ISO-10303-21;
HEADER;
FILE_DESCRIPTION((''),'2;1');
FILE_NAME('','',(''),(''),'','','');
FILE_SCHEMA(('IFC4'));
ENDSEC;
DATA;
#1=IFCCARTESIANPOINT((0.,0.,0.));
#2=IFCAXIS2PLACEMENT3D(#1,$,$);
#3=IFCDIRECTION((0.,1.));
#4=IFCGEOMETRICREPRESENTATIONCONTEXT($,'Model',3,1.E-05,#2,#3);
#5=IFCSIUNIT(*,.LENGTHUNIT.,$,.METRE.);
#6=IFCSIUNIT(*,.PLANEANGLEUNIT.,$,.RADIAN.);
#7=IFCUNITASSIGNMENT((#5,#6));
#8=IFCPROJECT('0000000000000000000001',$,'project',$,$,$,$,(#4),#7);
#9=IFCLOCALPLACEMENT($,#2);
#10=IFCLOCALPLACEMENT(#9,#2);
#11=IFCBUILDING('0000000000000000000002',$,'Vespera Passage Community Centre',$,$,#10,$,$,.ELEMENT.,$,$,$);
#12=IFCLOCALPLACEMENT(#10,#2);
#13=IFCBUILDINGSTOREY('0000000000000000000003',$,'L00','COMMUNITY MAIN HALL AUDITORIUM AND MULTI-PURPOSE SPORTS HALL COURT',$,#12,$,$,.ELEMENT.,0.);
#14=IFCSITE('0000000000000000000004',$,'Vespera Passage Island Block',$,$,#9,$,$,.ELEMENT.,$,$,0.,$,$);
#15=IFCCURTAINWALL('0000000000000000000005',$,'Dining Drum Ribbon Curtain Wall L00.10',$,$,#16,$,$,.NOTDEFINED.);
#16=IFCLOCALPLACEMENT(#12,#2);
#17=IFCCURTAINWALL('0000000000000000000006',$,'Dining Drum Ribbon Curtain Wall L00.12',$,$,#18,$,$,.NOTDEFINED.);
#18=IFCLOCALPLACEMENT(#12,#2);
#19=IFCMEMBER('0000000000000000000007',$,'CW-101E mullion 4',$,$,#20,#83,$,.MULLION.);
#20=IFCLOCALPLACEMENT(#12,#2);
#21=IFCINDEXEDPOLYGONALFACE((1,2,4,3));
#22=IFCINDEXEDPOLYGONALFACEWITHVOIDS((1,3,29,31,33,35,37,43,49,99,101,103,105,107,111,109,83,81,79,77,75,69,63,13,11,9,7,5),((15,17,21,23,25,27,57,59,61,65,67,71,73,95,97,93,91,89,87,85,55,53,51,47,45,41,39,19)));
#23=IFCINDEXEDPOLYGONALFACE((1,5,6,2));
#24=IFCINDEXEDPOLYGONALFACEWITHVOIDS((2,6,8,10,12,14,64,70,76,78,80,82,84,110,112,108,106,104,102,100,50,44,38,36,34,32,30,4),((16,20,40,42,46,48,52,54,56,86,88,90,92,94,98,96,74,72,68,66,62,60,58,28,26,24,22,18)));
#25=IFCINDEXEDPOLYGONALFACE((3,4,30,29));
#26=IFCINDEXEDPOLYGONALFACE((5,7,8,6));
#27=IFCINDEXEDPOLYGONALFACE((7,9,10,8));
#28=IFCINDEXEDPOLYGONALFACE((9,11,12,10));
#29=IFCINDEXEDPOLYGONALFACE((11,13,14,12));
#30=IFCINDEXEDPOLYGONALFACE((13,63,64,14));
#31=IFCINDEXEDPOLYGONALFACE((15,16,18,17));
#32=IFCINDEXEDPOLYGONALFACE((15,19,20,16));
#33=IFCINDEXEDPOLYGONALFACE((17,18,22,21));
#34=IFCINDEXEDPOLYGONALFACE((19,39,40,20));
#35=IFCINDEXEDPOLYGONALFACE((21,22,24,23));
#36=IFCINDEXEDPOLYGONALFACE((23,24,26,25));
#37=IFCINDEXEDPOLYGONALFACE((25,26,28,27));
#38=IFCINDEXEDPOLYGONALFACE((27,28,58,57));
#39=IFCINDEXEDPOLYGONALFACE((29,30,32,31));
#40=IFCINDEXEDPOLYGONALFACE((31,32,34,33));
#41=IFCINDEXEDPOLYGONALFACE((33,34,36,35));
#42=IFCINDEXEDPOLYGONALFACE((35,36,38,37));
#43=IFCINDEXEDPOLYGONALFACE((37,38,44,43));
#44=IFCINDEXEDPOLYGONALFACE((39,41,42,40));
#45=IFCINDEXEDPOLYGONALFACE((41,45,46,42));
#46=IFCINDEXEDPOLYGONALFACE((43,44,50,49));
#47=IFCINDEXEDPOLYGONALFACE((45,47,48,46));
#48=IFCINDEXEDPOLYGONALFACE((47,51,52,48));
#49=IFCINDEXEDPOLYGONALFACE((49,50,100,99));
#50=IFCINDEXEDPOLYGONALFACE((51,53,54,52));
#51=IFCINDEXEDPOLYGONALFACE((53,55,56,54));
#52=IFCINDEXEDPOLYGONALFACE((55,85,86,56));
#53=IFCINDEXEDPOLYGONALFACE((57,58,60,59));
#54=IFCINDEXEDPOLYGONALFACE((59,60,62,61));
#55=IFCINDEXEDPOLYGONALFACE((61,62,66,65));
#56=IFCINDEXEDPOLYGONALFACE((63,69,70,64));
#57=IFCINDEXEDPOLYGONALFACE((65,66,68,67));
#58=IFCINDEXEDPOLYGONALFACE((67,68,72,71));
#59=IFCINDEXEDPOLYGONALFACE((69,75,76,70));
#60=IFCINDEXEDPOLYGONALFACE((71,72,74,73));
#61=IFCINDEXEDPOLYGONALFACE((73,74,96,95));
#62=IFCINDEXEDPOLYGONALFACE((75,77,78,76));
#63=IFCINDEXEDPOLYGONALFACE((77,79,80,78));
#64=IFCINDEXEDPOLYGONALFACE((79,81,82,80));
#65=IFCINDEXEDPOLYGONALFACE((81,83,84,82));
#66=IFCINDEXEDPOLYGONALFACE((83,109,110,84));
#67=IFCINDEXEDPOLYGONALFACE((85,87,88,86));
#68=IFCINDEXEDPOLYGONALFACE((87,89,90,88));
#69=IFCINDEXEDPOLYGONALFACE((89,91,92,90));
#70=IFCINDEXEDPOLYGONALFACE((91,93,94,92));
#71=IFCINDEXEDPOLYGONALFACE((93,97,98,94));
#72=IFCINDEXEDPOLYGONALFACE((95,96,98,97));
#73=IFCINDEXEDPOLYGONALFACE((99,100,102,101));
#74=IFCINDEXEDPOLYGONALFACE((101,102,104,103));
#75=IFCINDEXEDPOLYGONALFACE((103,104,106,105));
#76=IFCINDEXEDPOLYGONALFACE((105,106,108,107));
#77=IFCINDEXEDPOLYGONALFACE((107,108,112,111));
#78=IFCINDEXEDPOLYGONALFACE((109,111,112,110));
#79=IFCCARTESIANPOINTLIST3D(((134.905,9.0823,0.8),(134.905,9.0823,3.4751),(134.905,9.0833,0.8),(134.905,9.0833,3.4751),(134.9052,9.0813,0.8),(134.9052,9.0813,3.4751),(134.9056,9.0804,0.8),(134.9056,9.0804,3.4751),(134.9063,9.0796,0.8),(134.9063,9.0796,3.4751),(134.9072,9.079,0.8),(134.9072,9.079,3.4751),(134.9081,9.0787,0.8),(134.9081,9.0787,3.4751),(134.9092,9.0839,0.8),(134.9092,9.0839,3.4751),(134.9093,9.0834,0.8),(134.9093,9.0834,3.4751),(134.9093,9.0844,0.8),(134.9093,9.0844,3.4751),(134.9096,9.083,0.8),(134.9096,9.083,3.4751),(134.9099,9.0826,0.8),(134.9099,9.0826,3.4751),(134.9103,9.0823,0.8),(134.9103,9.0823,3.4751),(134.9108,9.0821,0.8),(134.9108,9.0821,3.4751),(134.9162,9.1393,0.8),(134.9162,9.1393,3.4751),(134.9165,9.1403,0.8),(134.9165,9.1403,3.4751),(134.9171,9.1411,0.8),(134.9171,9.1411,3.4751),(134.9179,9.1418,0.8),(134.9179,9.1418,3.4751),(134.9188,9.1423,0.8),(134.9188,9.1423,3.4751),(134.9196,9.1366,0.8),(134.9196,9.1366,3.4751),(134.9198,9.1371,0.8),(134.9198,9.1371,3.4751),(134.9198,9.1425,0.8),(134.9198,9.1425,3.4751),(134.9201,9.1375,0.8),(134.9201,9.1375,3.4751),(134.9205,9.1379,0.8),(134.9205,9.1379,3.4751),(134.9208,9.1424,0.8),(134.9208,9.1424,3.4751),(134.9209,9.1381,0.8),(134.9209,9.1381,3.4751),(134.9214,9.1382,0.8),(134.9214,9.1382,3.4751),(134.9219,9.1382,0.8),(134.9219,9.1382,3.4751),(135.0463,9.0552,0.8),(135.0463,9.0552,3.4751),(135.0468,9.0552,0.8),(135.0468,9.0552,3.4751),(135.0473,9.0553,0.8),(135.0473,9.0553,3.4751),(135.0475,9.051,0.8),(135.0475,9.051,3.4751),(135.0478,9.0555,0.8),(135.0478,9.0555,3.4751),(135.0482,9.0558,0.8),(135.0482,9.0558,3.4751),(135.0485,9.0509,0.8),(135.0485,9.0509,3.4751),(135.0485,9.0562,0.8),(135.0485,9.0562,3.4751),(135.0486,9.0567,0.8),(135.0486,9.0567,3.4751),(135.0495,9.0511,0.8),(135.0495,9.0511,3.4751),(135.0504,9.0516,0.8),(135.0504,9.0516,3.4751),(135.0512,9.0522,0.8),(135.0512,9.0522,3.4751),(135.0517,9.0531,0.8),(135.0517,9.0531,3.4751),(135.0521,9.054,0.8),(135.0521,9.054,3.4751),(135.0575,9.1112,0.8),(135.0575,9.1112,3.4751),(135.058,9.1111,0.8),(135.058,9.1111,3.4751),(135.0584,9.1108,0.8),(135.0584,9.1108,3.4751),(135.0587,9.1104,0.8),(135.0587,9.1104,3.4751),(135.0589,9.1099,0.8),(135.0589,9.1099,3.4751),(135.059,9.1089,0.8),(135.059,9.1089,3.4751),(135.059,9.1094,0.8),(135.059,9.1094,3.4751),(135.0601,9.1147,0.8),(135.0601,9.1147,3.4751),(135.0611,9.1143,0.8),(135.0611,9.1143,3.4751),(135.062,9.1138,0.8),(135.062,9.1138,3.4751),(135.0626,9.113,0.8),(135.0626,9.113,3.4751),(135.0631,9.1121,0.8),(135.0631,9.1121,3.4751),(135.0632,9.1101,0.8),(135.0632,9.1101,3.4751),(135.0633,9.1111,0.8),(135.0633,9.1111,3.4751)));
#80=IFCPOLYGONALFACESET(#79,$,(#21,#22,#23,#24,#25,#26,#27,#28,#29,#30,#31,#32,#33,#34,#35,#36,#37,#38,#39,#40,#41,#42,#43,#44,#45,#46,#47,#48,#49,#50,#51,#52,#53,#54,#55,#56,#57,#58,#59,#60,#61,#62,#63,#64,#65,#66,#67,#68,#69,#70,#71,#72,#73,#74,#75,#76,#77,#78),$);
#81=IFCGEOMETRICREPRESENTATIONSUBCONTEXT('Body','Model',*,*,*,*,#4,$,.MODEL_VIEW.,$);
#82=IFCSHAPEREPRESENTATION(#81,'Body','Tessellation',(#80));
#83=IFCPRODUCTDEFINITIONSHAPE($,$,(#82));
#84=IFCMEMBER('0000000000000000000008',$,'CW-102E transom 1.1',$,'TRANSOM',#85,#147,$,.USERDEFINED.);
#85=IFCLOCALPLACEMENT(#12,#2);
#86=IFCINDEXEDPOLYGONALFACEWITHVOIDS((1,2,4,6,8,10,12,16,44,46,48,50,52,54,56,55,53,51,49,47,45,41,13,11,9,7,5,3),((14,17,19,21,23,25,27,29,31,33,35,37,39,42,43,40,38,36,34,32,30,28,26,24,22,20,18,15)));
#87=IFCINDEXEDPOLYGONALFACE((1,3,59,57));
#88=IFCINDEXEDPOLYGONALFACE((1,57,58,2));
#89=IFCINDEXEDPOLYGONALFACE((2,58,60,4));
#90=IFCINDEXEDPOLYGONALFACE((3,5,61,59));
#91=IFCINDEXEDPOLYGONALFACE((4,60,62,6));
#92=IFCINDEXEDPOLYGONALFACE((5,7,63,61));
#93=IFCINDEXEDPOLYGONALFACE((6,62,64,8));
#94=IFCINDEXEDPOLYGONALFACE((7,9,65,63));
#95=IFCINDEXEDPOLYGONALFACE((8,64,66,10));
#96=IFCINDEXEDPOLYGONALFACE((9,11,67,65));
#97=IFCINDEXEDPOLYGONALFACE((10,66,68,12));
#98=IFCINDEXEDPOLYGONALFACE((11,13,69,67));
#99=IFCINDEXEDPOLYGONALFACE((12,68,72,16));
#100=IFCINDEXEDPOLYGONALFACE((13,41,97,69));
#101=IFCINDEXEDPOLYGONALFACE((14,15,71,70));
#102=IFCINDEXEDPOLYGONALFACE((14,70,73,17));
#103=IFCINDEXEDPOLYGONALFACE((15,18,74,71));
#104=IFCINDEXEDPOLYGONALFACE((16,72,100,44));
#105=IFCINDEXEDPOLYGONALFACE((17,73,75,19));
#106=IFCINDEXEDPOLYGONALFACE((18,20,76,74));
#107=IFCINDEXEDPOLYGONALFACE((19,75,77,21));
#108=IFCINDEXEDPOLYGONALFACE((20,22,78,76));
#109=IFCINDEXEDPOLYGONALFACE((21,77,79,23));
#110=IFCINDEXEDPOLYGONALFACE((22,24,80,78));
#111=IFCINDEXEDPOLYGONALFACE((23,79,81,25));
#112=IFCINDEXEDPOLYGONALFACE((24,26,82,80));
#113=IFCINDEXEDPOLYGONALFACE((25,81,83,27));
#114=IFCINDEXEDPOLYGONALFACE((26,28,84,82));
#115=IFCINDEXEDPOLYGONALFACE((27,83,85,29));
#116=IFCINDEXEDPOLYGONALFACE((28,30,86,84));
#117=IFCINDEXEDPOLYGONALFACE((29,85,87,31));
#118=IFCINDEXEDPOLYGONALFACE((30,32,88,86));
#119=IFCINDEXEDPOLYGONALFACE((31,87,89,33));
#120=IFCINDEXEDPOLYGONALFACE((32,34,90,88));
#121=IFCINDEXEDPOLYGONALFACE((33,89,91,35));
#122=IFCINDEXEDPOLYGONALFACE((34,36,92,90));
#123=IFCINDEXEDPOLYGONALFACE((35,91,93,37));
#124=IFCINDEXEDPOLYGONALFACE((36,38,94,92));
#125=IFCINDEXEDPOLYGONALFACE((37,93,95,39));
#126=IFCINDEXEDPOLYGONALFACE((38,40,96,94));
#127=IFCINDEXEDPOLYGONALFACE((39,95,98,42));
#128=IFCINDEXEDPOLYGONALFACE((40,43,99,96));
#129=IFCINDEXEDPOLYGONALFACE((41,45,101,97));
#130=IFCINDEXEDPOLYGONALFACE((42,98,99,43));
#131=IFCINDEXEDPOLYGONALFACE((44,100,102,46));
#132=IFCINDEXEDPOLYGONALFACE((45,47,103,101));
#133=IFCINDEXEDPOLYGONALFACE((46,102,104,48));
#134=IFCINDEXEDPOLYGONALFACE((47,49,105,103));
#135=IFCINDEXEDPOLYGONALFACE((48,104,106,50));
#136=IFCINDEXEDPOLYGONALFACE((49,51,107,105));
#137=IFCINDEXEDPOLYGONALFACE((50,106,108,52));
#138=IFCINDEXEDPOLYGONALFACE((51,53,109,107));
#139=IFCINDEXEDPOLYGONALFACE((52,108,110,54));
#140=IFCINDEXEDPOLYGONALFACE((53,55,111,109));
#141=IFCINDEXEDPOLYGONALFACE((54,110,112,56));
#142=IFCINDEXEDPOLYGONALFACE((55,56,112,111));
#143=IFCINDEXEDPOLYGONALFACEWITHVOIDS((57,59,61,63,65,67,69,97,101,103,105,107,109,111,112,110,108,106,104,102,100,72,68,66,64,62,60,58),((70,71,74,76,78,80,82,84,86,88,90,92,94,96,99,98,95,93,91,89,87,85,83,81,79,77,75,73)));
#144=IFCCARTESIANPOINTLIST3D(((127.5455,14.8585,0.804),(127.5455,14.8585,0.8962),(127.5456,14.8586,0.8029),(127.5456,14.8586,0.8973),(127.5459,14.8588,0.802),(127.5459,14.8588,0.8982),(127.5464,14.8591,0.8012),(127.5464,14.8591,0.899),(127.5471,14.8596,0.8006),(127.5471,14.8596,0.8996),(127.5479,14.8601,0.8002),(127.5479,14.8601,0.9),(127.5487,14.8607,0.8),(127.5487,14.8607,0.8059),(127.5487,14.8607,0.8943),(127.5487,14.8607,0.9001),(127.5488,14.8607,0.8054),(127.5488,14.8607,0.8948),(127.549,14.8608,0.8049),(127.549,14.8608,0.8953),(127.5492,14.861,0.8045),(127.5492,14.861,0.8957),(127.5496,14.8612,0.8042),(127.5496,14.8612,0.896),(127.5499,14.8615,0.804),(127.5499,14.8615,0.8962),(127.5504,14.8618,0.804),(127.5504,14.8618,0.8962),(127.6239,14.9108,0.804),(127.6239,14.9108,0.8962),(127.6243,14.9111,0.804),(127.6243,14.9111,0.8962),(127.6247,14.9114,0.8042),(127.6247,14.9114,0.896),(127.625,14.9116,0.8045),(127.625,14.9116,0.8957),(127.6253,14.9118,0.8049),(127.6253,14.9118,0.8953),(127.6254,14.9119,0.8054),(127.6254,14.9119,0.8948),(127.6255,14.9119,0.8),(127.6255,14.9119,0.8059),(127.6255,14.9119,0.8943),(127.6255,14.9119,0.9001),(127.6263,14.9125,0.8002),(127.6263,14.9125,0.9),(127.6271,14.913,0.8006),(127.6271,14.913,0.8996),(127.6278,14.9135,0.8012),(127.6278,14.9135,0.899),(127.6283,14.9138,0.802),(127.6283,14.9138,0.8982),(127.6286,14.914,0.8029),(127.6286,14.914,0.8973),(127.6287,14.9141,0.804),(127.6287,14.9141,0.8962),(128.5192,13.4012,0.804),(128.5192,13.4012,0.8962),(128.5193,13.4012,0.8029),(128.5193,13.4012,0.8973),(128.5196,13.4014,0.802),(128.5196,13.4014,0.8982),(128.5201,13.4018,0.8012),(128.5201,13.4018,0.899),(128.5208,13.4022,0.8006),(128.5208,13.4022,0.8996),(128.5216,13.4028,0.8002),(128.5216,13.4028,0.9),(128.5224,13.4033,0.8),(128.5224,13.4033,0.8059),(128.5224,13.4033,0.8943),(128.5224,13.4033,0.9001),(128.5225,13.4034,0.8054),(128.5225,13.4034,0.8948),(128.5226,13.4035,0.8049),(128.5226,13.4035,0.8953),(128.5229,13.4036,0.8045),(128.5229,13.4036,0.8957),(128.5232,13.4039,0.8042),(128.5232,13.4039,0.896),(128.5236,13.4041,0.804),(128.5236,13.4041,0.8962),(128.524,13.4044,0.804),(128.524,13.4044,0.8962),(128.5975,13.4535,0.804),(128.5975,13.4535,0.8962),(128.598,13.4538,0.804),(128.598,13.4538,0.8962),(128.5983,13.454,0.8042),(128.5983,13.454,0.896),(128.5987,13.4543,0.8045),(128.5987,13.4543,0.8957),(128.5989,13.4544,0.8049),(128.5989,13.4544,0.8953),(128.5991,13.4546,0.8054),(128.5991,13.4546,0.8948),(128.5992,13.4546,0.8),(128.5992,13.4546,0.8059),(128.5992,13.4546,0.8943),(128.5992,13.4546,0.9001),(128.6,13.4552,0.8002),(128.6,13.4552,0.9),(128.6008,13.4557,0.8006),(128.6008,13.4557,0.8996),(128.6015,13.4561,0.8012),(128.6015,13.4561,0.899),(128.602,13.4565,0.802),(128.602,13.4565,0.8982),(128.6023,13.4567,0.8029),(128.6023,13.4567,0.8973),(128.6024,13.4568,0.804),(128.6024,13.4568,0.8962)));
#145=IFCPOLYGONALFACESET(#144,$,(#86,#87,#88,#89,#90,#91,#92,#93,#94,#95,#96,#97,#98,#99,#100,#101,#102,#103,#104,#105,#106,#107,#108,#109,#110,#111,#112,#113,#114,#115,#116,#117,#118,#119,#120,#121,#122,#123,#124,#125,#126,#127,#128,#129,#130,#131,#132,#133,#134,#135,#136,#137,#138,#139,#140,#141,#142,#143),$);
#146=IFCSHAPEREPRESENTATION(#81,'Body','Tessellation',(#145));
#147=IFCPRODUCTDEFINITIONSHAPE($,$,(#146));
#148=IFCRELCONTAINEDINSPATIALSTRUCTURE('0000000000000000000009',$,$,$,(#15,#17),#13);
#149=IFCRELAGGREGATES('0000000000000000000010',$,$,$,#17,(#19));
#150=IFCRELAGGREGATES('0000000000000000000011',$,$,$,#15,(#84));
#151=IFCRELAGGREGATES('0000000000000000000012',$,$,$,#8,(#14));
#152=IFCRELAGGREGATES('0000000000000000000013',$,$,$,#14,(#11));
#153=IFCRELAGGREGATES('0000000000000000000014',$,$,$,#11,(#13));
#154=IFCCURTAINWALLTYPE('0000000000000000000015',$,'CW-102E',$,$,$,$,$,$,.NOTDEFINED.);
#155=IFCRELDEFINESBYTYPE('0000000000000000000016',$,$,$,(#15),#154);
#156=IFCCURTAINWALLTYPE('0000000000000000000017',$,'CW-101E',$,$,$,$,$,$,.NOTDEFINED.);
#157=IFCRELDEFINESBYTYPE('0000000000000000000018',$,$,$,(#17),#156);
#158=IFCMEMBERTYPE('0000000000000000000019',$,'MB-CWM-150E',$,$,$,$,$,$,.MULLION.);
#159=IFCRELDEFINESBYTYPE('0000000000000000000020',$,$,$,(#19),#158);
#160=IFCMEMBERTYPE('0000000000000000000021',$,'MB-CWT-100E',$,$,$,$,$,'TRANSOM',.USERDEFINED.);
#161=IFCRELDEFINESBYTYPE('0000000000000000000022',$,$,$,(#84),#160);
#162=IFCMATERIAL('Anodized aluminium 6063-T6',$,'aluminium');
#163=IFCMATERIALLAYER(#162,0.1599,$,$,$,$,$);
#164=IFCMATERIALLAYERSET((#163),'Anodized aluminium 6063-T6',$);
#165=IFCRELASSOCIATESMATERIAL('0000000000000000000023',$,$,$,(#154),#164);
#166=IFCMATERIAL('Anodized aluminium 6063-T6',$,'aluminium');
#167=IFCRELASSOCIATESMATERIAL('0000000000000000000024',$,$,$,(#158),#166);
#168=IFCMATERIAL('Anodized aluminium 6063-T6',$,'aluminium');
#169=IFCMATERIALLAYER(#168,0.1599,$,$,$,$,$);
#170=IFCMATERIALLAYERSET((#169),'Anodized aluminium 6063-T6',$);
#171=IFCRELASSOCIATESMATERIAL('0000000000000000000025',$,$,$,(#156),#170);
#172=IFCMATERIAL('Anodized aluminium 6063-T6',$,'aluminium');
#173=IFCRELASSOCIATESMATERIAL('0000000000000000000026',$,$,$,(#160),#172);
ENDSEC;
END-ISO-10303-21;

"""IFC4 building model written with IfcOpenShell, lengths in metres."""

from ifc_helpers import new_model, si_unit, direction, frame, origin, origin_2d, place, context, subcontext, project, spatial, hollow_rectangle, extrude, material, layer, layer_set, material_profile, profile_set, type_object, element, aggregate, save


model = new_model("IFC4")

# Units and contexts
model_context = context("Model", 3, precision=1e-05, world=origin(), true_north=direction((0.0, 1.0)))
body_context = subcontext(model_context, "Body", "Model", "MODEL_VIEW")
ifc_project = project(units=[si_unit("LENGTHUNIT", "METRE"), si_unit("PLANEANGLEUNIT", "RADIAN")], contexts=[model_context])

# Site, building, storey
site_placement = place(None, origin())
site = spatial("IfcSite", under=ifc_project, at=site_placement, Name="Vespera Passage Island Block", CompositionType="ELEMENT", RefElevation=0.0)
building_placement = place(site_placement, origin())
building = spatial("IfcBuilding", under=site, at=building_placement, Name="Vespera Passage Community Centre", CompositionType="ELEMENT")
storey_placement = place(building_placement, origin())
storey = spatial("IfcBuildingStorey", under=building, at=storey_placement, Name="L00", Description="COMMUNITY MAIN HALL AUDITORIUM AND MULTI-PURPOSE SPORTS HALL COURT", CompositionType="ELEMENT", Elevation=0.0)

# Curtain wall
ifc_material_1 = material(Name="Anodized aluminium 6063-T6", Category="aluminium")
ifc_layer_1 = layer(ifc_material_1, 0.1599)
ifc_layer_set_1 = layer_set([ifc_layer_1], Name="Anodized aluminium 6063-T6")
curtain_wall_type_1 = type_object("IfcCurtainWallType", Name="CW-102E", PredefinedType="NOTDEFINED", material=ifc_layer_set_1)
curtain_wall_1_placement = place(storey_placement, origin())
curtain_wall_1 = element("IfcCurtainWall", 1, at=curtain_wall_1_placement, inside=storey, type_object=curtain_wall_type_1, Name="Dining Drum Ribbon Curtain Wall L00.10", PredefinedType="NOTDEFINED")
ifc_material_2 = material(Name="Anodized aluminium 6063-T6", Category="aluminium")
ifc_material_profile_1 = material_profile(ifc_material_2, hollow_rectangle(XDim=0.0649, YDim=0.1499, WallThickness=0.0039, InnerFilletRadius=0.002, OuterFilletRadius=0.0039, at=origin_2d()), Name="ALU150X65X4")
ifc_profile_set_1 = profile_set([ifc_material_profile_1], Name="Anodized aluminium 6063-T6")
member_type_1 = type_object("IfcMemberType", Name="MB-CWM-150E", PredefinedType="MULLION", material=ifc_profile_set_1)

# Curtain wall, member
ifc_material_3 = material(Name="Anodized aluminium 6063-T6", Category="aluminium")
ifc_layer_2 = layer(ifc_material_3, 0.1599)
ifc_layer_set_2 = layer_set([ifc_layer_2], Name="Anodized aluminium 6063-T6")
curtain_wall_type_2 = type_object("IfcCurtainWallType", Name="CW-101E", PredefinedType="NOTDEFINED", material=ifc_layer_set_2)
curtain_wall_2_placement = place(storey_placement, origin())
curtain_wall_2 = element("IfcCurtainWall", 2, at=curtain_wall_2_placement, inside=storey, type_object=curtain_wall_type_2, Name="Dining Drum Ribbon Curtain Wall L00.12", PredefinedType="NOTDEFINED")
member_1_placement = place(storey_placement, frame((134.9841, 9.0967, 0.8), z_axis=(0.0, 0.0, 1.0), x_axis=(-0.195097, -0.980784, 0.0)))
member_1 = element("IfcMember", 3, at=member_1_placement, type_object=member_type_1, Name="CW-101E mullion 4", PredefinedType="MULLION", context=body_context, shape_type="SweptSolid", body=[
    extrude(hollow_rectangle(XDim=0.0649, YDim=0.1499, WallThickness=0.0039, InnerFilletRadius=0.002, OuterFilletRadius=0.0039, at=origin_2d()), origin(), (0.0, 0.0, 1.0), 2.675),
])
aggregate(curtain_wall_2, [member_1])

# Member
ifc_material_4 = material(Name="Anodized aluminium 6063-T6", Category="aluminium")
ifc_material_profile_2 = material_profile(ifc_material_4, hollow_rectangle(XDim=0.1001, YDim=0.1001, WallThickness=0.0039, InnerFilletRadius=0.002, OuterFilletRadius=0.0039, at=origin_2d()), Name="ALU100X100X4")
ifc_profile_set_2 = profile_set([ifc_material_profile_2], Name="Anodized aluminium 6063-T6")
member_type_2 = type_object("IfcMemberType", Name="MB-CWT-100E", ElementType="TRANSOM", PredefinedType="USERDEFINED", material=ifc_profile_set_2)
member_2_placement = place(storey_placement, frame((128.5608, 13.429, 0.8501), z_axis=(-0.555536, 0.831493, 0.0), x_axis=(-0.831493, -0.555536, 0.0)))
member_2 = element("IfcMember", 4, at=member_2_placement, type_object=member_type_2, Name="CW-102E transom 1.1", ObjectType="TRANSOM", PredefinedType="USERDEFINED", context=body_context, shape_type="SweptSolid", body=[
    extrude(hollow_rectangle(XDim=0.1001, YDim=0.1001, WallThickness=0.0039, InnerFilletRadius=0.002, OuterFilletRadius=0.0039, at=origin_2d()), origin(), (0.0, 0.0, 1.0), 1.7527),
])

aggregate(curtain_wall_1, [member_2])

save(model, "model.ifc")
